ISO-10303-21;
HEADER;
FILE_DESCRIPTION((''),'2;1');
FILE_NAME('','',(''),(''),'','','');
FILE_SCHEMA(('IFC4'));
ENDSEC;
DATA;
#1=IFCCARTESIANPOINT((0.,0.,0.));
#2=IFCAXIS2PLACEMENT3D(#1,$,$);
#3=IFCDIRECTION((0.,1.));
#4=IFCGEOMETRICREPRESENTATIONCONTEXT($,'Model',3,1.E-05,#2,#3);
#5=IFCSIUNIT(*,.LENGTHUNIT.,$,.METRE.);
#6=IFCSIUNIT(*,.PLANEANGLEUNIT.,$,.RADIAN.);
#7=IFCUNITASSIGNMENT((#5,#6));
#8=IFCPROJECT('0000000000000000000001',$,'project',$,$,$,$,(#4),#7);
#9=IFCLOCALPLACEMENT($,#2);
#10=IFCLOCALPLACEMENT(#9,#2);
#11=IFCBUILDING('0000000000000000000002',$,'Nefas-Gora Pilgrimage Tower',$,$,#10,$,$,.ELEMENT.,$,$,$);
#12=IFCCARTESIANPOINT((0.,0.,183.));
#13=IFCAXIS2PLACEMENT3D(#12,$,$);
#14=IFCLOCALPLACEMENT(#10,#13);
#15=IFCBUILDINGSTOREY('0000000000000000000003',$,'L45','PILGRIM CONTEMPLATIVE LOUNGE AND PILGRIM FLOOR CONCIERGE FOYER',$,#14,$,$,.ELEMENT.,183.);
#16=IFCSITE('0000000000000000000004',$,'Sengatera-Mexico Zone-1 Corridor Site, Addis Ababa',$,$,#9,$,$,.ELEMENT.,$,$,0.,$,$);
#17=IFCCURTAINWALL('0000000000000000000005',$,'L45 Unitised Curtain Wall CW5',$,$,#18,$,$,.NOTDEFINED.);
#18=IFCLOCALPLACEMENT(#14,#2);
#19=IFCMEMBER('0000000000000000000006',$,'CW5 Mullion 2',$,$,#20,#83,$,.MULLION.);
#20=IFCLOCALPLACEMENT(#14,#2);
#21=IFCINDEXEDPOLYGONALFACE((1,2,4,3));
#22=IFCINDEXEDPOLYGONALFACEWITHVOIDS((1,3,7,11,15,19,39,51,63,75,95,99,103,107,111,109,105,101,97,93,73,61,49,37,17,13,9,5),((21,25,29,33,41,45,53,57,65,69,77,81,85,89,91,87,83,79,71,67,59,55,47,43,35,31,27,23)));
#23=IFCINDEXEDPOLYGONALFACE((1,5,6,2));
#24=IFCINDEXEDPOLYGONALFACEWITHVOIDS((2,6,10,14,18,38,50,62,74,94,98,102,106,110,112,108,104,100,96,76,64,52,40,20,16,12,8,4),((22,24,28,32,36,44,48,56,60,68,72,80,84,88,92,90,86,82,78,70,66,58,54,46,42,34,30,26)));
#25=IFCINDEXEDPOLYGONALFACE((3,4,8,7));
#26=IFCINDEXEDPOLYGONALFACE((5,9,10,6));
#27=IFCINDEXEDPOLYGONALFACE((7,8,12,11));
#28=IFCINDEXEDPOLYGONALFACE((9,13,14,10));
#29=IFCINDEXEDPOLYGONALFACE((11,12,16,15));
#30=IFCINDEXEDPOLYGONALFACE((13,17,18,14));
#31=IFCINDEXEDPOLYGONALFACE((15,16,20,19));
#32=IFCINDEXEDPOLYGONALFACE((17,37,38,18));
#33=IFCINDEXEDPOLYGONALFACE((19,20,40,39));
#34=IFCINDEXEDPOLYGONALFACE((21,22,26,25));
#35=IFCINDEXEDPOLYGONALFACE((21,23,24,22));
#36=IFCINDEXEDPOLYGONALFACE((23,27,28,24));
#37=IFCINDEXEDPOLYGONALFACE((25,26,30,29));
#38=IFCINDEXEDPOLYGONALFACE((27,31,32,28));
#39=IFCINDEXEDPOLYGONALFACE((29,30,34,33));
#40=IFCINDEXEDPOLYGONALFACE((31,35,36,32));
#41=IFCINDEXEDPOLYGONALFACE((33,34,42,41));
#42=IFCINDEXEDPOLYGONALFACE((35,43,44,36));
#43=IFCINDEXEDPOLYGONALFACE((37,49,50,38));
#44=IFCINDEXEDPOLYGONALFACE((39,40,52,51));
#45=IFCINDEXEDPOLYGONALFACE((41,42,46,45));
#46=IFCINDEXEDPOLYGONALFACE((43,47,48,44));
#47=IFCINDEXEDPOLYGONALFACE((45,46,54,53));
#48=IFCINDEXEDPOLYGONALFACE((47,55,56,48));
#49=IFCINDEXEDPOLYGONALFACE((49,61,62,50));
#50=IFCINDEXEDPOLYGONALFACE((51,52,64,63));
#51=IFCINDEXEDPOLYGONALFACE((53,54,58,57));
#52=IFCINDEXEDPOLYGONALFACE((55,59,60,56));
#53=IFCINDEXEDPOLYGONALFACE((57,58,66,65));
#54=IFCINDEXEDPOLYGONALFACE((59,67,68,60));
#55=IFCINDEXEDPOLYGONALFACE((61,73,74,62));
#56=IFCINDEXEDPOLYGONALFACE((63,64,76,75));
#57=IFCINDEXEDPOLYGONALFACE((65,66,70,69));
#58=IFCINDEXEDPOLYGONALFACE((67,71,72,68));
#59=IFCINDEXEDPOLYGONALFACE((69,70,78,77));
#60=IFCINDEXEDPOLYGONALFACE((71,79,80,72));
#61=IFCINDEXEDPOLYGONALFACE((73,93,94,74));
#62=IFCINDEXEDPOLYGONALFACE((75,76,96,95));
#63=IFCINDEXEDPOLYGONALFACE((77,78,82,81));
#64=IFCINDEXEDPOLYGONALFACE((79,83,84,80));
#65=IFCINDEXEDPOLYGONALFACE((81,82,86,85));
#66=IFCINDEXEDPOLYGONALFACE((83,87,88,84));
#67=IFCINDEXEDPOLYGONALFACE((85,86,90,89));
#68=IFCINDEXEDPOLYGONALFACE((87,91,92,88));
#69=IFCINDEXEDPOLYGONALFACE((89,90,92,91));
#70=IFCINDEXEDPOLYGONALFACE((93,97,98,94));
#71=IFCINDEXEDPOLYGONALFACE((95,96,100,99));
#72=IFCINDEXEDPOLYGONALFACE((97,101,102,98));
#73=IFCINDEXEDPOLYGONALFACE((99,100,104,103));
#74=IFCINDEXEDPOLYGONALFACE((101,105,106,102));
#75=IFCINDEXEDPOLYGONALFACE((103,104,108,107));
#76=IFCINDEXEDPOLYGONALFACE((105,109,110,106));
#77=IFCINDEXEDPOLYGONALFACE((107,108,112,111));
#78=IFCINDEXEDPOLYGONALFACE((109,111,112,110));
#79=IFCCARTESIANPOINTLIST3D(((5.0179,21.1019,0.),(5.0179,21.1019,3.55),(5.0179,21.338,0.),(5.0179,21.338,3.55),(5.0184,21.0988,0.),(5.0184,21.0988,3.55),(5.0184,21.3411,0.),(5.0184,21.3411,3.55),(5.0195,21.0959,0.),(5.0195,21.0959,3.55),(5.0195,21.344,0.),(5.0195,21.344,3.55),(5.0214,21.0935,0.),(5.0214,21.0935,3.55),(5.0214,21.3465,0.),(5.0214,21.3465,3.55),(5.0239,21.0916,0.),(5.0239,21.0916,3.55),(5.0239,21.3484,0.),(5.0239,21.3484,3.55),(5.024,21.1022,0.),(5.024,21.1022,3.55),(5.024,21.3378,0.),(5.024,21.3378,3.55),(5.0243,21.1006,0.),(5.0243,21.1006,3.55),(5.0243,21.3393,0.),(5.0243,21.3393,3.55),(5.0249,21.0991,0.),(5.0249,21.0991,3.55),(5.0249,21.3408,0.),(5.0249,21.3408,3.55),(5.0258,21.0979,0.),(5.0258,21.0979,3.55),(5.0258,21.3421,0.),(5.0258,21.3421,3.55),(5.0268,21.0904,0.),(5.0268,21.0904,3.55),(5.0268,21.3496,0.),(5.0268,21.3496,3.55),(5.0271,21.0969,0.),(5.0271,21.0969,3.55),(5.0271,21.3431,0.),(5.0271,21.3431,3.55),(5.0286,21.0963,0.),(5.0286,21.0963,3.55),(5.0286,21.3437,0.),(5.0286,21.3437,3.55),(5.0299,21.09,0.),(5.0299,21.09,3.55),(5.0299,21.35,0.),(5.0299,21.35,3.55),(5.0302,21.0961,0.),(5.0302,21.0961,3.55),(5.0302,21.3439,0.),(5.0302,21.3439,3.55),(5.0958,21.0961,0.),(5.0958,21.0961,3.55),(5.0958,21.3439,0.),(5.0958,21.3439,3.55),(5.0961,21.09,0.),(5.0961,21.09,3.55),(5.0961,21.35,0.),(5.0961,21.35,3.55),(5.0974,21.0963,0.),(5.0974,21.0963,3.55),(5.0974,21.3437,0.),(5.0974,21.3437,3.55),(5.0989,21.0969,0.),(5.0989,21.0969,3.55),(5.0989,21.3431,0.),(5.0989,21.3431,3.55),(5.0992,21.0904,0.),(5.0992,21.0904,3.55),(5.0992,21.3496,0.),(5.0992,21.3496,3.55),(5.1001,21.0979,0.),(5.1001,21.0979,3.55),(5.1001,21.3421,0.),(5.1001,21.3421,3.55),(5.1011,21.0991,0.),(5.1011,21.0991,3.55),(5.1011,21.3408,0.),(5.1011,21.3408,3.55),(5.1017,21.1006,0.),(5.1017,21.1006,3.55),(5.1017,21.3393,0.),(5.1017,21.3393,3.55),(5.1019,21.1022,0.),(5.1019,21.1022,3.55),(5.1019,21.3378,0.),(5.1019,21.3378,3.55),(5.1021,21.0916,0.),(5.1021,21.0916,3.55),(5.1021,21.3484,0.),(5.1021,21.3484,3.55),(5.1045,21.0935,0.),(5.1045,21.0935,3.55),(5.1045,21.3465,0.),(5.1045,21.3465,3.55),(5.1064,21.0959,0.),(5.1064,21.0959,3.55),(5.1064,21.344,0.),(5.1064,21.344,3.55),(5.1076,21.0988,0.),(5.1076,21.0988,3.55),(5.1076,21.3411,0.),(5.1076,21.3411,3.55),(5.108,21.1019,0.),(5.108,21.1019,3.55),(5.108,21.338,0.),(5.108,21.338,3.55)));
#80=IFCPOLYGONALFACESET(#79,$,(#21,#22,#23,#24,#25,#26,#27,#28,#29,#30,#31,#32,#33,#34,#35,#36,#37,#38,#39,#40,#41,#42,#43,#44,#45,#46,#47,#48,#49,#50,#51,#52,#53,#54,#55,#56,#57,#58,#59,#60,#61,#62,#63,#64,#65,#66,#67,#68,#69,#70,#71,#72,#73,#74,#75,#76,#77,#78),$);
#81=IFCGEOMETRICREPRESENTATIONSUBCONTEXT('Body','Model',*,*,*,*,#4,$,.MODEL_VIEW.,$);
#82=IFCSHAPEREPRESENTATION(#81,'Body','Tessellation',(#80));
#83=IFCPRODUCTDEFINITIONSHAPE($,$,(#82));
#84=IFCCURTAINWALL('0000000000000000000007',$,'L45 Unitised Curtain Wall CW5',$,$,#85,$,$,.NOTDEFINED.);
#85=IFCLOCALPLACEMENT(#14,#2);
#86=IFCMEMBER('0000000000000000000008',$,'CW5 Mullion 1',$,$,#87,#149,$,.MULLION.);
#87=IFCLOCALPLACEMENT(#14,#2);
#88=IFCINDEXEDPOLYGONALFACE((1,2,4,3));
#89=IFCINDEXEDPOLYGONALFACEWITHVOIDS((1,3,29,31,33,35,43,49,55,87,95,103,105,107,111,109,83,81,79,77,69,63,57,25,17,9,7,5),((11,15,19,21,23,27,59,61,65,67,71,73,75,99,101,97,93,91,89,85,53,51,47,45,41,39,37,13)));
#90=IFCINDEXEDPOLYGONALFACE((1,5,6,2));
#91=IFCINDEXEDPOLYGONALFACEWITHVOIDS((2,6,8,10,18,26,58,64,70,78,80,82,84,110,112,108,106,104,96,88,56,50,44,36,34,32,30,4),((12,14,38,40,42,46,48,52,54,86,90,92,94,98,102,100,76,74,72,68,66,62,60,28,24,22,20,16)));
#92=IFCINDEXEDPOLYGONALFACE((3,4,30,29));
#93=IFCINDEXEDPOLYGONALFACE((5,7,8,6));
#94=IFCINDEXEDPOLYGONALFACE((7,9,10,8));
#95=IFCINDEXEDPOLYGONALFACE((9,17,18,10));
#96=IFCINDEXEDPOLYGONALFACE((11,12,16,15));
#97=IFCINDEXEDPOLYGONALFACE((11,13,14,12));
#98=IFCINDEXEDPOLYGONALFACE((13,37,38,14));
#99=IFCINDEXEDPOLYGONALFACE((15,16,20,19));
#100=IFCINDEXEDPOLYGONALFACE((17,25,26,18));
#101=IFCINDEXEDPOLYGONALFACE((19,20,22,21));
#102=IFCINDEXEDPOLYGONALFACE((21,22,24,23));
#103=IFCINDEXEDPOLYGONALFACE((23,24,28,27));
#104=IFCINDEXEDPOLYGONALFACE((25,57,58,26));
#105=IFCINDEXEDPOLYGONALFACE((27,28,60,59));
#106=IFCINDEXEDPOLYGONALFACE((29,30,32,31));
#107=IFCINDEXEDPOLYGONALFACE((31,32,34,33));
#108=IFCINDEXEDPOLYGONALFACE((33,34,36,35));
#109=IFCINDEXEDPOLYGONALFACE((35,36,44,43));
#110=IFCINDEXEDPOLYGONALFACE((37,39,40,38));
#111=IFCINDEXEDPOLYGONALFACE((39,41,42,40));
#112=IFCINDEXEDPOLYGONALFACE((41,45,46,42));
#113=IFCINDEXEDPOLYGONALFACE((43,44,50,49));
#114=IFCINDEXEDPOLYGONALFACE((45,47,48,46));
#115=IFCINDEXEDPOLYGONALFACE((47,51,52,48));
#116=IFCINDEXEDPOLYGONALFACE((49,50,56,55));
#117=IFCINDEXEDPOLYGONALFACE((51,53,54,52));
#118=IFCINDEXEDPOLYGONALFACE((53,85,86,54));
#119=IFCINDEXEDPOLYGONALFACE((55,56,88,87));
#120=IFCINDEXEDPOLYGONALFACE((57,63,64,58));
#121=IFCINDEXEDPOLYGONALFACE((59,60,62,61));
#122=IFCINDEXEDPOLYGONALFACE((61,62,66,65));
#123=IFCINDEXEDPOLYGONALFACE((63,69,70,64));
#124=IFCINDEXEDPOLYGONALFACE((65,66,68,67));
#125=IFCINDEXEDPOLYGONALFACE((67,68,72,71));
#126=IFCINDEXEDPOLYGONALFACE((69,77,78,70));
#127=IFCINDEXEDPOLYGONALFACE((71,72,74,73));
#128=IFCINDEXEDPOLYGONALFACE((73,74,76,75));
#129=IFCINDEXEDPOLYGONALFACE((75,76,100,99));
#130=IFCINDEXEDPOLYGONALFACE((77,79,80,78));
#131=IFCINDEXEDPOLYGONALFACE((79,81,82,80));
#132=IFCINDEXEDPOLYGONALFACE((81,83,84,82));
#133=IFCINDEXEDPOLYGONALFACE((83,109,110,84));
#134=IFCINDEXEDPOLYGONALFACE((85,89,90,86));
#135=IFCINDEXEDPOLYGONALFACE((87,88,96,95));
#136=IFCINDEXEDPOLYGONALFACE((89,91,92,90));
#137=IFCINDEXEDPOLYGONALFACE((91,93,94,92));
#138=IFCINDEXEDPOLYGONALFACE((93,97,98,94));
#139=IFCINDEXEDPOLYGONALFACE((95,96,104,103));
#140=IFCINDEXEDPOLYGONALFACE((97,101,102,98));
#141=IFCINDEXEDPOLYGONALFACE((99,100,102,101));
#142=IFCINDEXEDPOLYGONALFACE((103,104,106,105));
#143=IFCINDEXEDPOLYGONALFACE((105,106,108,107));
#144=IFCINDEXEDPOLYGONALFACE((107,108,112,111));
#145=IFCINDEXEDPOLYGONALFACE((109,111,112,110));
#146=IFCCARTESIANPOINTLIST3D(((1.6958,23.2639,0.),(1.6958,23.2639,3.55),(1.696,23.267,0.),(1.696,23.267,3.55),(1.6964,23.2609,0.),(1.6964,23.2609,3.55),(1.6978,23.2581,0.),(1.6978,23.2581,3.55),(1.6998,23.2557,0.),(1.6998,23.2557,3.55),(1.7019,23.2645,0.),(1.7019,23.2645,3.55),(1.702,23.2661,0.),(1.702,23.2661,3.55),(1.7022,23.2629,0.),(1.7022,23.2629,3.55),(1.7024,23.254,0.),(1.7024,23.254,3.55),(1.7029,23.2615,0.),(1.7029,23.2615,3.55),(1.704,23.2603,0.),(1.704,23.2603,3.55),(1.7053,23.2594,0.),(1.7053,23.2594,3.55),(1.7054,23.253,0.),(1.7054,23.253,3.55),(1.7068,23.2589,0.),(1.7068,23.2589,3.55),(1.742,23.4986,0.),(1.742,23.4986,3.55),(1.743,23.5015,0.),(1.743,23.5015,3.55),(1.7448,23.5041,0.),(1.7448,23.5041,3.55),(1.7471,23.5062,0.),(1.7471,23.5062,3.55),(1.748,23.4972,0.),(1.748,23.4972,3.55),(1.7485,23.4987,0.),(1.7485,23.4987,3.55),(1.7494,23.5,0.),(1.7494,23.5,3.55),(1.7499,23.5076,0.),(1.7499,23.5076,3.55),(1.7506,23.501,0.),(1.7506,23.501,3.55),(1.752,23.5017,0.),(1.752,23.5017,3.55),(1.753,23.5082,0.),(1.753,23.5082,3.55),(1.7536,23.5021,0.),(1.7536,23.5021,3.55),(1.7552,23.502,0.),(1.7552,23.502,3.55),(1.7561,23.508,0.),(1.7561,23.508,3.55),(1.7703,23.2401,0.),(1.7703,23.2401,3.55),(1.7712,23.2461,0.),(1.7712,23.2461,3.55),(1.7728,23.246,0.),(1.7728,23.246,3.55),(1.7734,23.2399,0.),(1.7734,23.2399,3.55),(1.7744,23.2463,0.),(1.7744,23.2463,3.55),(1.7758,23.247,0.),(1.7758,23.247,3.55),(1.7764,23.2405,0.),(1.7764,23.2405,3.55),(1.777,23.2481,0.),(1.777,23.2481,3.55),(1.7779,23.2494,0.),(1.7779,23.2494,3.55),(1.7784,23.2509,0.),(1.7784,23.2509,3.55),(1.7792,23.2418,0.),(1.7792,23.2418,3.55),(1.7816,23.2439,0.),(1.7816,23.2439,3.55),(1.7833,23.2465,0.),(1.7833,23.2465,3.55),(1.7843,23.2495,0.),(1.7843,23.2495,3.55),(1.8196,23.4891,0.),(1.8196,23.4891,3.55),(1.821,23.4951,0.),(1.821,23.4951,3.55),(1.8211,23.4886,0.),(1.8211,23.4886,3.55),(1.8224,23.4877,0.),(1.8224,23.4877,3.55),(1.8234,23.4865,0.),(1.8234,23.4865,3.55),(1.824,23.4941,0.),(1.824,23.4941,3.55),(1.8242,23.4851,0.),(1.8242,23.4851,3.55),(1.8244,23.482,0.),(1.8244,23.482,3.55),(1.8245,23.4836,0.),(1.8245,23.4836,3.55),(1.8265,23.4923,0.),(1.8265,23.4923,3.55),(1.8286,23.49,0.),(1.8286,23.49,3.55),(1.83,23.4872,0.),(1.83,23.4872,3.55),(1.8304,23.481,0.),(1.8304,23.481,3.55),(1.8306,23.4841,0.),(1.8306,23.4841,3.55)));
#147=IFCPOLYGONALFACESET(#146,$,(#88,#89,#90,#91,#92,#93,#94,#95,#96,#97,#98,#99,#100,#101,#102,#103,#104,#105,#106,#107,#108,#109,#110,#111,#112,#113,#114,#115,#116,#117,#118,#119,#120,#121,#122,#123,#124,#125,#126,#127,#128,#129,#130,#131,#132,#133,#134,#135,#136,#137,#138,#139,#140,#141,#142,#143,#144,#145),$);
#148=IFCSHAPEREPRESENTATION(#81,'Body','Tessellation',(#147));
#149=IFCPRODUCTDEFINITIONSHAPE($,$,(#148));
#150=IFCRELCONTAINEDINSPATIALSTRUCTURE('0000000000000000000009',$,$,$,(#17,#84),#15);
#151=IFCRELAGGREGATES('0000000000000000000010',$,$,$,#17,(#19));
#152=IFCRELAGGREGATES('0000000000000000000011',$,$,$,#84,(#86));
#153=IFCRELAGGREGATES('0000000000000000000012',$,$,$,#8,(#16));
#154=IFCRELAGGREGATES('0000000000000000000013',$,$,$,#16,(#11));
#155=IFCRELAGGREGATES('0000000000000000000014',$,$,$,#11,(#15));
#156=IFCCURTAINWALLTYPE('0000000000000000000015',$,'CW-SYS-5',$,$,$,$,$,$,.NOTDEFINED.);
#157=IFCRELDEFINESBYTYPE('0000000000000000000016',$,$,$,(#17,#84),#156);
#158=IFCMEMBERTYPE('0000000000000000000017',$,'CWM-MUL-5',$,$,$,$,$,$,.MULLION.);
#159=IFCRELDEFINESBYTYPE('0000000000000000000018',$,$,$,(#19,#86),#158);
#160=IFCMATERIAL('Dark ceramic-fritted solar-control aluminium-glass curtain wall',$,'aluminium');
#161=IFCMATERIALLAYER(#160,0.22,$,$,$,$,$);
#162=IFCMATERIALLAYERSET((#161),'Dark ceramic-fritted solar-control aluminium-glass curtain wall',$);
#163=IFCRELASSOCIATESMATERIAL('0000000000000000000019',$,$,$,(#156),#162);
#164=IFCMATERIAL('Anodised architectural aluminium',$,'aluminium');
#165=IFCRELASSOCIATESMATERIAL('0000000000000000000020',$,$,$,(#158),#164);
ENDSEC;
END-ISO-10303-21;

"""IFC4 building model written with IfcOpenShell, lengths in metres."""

from ifc_helpers import new_model, si_unit, direction, frame, origin, origin_2d, place, context, subcontext, project, spatial, hollow_rectangle, extrude, source, transform, mapped, material, layer, layer_set, material_profile, profile_set, type_object, element, aggregate, save


model = new_model("IFC4")

# Units and contexts
model_context = context("Model", 3, precision=1e-05, world=origin(), true_north=direction((0.0, 1.0)))
body_context = subcontext(model_context, "Body", "Model", "MODEL_VIEW")
ifc_project = project(units=[si_unit("LENGTHUNIT", "METRE"), si_unit("PLANEANGLEUNIT", "RADIAN")], contexts=[model_context])

# Site, building, storey
site_placement = place(None, origin())
site = spatial("IfcSite", under=ifc_project, at=site_placement, Name="Sengatera-Mexico Zone-1 Corridor Site, Addis Ababa", CompositionType="ELEMENT", RefElevation=0.0)
building_placement = place(site_placement, origin())
building = spatial("IfcBuilding", under=site, at=building_placement, Name="Nefas-Gora Pilgrimage Tower", CompositionType="ELEMENT")
storey_placement = place(building_placement, frame((0.0, 0.0, 183.0)))
storey = spatial("IfcBuildingStorey", under=building, at=storey_placement, Name="L45", Description="PILGRIM CONTEMPLATIVE LOUNGE AND PILGRIM FLOOR CONCIERGE FOYER", CompositionType="ELEMENT", Elevation=183.0)

# Curtain wall, member
ifc_material_1 = material(Name="Dark ceramic-fritted solar-control aluminium-glass curtain wall", Category="aluminium")
ifc_layer_1 = layer(ifc_material_1, 0.22)
ifc_layer_set_1 = layer_set([ifc_layer_1], Name="Dark ceramic-fritted solar-control aluminium-glass curtain wall")
curtain_wall_type_1 = type_object("IfcCurtainWallType", Name="CW-SYS-5", PredefinedType="NOTDEFINED", material=ifc_layer_set_1)
curtain_wall_1_placement = place(storey_placement, origin())
curtain_wall_1 = element("IfcCurtainWall", 1, at=curtain_wall_1_placement, inside=storey, type_object=curtain_wall_type_1, Name="L45 Unitised Curtain Wall CW5", PredefinedType="NOTDEFINED")
ifc_material_2 = material(Name="Anodised architectural aluminium", Category="aluminium")
ifc_material_profile_1 = material_profile(ifc_material_2, hollow_rectangle(XDim=0.0901, YDim=0.26, WallThickness=0.0061, InnerFilletRadius=0.0061, OuterFilletRadius=0.012, at=origin_2d()), Name="ALU MULLION 90x260")
ifc_profile_set_1 = profile_set([ifc_material_profile_1], Name="Anodised architectural aluminium")
member_type_1 = type_object("IfcMemberType", Name="CWM-MUL-5", PredefinedType="MULLION", material=ifc_profile_set_1)
shared_shape_1 = source(origin(), body_context, "Body", "SweptSolid", [
    extrude(hollow_rectangle(XDim=0.0901, YDim=0.26, WallThickness=0.0061, InnerFilletRadius=0.0061, OuterFilletRadius=0.012, at=origin_2d()), origin(), (0.0, 0.0, 1.0), 3.55),
])
member_1_placement = place(storey_placement, frame((5.063, 21.22, 0.0), z_axis=(0.0, 0.0, 1.0), x_axis=(-1.0, 0.0, 0.0)))
member_1 = element("IfcMember", 2, at=member_1_placement, type_object=member_type_1, Name="CW5 Mullion 2", PredefinedType="MULLION", context=body_context, shape_type="MappedRepresentation", body=[
    mapped(shared_shape_1, transform((0.0, 0.0, 0.0), x_axis=(1.0, 0.0, 0.0), y_axis=(0.0, 1.0, 0.0), z_axis=(0.0, 0.0, 1.0), scale=1.0)),
])

# Curtain wall, member
curtain_wall_2_placement = place(storey_placement, origin())
curtain_wall_2 = element("IfcCurtainWall", 3, at=curtain_wall_2_placement, inside=storey, type_object=curtain_wall_type_1, Name="L45 Unitised Curtain Wall CW5", PredefinedType="NOTDEFINED")
member_2_placement = place(storey_placement, frame((1.7632, 23.374, 0.0), z_axis=(0.0, 0.0, 1.0), x_axis=(-0.980783, 0.195102, 0.0)))
member_2 = element("IfcMember", 4, at=member_2_placement, type_object=member_type_1, Name="CW5 Mullion 1", PredefinedType="MULLION", context=body_context, shape_type="MappedRepresentation", body=[
    mapped(shared_shape_1, transform((0.0, 0.0, 0.0), x_axis=(1.0, 0.0, 0.0), y_axis=(0.0, 1.0, 0.0), z_axis=(0.0, 0.0, 1.0), scale=1.0)),
])

aggregate(curtain_wall_1, [member_1])
aggregate(curtain_wall_2, [member_2])

save(model, "model.ifc")
